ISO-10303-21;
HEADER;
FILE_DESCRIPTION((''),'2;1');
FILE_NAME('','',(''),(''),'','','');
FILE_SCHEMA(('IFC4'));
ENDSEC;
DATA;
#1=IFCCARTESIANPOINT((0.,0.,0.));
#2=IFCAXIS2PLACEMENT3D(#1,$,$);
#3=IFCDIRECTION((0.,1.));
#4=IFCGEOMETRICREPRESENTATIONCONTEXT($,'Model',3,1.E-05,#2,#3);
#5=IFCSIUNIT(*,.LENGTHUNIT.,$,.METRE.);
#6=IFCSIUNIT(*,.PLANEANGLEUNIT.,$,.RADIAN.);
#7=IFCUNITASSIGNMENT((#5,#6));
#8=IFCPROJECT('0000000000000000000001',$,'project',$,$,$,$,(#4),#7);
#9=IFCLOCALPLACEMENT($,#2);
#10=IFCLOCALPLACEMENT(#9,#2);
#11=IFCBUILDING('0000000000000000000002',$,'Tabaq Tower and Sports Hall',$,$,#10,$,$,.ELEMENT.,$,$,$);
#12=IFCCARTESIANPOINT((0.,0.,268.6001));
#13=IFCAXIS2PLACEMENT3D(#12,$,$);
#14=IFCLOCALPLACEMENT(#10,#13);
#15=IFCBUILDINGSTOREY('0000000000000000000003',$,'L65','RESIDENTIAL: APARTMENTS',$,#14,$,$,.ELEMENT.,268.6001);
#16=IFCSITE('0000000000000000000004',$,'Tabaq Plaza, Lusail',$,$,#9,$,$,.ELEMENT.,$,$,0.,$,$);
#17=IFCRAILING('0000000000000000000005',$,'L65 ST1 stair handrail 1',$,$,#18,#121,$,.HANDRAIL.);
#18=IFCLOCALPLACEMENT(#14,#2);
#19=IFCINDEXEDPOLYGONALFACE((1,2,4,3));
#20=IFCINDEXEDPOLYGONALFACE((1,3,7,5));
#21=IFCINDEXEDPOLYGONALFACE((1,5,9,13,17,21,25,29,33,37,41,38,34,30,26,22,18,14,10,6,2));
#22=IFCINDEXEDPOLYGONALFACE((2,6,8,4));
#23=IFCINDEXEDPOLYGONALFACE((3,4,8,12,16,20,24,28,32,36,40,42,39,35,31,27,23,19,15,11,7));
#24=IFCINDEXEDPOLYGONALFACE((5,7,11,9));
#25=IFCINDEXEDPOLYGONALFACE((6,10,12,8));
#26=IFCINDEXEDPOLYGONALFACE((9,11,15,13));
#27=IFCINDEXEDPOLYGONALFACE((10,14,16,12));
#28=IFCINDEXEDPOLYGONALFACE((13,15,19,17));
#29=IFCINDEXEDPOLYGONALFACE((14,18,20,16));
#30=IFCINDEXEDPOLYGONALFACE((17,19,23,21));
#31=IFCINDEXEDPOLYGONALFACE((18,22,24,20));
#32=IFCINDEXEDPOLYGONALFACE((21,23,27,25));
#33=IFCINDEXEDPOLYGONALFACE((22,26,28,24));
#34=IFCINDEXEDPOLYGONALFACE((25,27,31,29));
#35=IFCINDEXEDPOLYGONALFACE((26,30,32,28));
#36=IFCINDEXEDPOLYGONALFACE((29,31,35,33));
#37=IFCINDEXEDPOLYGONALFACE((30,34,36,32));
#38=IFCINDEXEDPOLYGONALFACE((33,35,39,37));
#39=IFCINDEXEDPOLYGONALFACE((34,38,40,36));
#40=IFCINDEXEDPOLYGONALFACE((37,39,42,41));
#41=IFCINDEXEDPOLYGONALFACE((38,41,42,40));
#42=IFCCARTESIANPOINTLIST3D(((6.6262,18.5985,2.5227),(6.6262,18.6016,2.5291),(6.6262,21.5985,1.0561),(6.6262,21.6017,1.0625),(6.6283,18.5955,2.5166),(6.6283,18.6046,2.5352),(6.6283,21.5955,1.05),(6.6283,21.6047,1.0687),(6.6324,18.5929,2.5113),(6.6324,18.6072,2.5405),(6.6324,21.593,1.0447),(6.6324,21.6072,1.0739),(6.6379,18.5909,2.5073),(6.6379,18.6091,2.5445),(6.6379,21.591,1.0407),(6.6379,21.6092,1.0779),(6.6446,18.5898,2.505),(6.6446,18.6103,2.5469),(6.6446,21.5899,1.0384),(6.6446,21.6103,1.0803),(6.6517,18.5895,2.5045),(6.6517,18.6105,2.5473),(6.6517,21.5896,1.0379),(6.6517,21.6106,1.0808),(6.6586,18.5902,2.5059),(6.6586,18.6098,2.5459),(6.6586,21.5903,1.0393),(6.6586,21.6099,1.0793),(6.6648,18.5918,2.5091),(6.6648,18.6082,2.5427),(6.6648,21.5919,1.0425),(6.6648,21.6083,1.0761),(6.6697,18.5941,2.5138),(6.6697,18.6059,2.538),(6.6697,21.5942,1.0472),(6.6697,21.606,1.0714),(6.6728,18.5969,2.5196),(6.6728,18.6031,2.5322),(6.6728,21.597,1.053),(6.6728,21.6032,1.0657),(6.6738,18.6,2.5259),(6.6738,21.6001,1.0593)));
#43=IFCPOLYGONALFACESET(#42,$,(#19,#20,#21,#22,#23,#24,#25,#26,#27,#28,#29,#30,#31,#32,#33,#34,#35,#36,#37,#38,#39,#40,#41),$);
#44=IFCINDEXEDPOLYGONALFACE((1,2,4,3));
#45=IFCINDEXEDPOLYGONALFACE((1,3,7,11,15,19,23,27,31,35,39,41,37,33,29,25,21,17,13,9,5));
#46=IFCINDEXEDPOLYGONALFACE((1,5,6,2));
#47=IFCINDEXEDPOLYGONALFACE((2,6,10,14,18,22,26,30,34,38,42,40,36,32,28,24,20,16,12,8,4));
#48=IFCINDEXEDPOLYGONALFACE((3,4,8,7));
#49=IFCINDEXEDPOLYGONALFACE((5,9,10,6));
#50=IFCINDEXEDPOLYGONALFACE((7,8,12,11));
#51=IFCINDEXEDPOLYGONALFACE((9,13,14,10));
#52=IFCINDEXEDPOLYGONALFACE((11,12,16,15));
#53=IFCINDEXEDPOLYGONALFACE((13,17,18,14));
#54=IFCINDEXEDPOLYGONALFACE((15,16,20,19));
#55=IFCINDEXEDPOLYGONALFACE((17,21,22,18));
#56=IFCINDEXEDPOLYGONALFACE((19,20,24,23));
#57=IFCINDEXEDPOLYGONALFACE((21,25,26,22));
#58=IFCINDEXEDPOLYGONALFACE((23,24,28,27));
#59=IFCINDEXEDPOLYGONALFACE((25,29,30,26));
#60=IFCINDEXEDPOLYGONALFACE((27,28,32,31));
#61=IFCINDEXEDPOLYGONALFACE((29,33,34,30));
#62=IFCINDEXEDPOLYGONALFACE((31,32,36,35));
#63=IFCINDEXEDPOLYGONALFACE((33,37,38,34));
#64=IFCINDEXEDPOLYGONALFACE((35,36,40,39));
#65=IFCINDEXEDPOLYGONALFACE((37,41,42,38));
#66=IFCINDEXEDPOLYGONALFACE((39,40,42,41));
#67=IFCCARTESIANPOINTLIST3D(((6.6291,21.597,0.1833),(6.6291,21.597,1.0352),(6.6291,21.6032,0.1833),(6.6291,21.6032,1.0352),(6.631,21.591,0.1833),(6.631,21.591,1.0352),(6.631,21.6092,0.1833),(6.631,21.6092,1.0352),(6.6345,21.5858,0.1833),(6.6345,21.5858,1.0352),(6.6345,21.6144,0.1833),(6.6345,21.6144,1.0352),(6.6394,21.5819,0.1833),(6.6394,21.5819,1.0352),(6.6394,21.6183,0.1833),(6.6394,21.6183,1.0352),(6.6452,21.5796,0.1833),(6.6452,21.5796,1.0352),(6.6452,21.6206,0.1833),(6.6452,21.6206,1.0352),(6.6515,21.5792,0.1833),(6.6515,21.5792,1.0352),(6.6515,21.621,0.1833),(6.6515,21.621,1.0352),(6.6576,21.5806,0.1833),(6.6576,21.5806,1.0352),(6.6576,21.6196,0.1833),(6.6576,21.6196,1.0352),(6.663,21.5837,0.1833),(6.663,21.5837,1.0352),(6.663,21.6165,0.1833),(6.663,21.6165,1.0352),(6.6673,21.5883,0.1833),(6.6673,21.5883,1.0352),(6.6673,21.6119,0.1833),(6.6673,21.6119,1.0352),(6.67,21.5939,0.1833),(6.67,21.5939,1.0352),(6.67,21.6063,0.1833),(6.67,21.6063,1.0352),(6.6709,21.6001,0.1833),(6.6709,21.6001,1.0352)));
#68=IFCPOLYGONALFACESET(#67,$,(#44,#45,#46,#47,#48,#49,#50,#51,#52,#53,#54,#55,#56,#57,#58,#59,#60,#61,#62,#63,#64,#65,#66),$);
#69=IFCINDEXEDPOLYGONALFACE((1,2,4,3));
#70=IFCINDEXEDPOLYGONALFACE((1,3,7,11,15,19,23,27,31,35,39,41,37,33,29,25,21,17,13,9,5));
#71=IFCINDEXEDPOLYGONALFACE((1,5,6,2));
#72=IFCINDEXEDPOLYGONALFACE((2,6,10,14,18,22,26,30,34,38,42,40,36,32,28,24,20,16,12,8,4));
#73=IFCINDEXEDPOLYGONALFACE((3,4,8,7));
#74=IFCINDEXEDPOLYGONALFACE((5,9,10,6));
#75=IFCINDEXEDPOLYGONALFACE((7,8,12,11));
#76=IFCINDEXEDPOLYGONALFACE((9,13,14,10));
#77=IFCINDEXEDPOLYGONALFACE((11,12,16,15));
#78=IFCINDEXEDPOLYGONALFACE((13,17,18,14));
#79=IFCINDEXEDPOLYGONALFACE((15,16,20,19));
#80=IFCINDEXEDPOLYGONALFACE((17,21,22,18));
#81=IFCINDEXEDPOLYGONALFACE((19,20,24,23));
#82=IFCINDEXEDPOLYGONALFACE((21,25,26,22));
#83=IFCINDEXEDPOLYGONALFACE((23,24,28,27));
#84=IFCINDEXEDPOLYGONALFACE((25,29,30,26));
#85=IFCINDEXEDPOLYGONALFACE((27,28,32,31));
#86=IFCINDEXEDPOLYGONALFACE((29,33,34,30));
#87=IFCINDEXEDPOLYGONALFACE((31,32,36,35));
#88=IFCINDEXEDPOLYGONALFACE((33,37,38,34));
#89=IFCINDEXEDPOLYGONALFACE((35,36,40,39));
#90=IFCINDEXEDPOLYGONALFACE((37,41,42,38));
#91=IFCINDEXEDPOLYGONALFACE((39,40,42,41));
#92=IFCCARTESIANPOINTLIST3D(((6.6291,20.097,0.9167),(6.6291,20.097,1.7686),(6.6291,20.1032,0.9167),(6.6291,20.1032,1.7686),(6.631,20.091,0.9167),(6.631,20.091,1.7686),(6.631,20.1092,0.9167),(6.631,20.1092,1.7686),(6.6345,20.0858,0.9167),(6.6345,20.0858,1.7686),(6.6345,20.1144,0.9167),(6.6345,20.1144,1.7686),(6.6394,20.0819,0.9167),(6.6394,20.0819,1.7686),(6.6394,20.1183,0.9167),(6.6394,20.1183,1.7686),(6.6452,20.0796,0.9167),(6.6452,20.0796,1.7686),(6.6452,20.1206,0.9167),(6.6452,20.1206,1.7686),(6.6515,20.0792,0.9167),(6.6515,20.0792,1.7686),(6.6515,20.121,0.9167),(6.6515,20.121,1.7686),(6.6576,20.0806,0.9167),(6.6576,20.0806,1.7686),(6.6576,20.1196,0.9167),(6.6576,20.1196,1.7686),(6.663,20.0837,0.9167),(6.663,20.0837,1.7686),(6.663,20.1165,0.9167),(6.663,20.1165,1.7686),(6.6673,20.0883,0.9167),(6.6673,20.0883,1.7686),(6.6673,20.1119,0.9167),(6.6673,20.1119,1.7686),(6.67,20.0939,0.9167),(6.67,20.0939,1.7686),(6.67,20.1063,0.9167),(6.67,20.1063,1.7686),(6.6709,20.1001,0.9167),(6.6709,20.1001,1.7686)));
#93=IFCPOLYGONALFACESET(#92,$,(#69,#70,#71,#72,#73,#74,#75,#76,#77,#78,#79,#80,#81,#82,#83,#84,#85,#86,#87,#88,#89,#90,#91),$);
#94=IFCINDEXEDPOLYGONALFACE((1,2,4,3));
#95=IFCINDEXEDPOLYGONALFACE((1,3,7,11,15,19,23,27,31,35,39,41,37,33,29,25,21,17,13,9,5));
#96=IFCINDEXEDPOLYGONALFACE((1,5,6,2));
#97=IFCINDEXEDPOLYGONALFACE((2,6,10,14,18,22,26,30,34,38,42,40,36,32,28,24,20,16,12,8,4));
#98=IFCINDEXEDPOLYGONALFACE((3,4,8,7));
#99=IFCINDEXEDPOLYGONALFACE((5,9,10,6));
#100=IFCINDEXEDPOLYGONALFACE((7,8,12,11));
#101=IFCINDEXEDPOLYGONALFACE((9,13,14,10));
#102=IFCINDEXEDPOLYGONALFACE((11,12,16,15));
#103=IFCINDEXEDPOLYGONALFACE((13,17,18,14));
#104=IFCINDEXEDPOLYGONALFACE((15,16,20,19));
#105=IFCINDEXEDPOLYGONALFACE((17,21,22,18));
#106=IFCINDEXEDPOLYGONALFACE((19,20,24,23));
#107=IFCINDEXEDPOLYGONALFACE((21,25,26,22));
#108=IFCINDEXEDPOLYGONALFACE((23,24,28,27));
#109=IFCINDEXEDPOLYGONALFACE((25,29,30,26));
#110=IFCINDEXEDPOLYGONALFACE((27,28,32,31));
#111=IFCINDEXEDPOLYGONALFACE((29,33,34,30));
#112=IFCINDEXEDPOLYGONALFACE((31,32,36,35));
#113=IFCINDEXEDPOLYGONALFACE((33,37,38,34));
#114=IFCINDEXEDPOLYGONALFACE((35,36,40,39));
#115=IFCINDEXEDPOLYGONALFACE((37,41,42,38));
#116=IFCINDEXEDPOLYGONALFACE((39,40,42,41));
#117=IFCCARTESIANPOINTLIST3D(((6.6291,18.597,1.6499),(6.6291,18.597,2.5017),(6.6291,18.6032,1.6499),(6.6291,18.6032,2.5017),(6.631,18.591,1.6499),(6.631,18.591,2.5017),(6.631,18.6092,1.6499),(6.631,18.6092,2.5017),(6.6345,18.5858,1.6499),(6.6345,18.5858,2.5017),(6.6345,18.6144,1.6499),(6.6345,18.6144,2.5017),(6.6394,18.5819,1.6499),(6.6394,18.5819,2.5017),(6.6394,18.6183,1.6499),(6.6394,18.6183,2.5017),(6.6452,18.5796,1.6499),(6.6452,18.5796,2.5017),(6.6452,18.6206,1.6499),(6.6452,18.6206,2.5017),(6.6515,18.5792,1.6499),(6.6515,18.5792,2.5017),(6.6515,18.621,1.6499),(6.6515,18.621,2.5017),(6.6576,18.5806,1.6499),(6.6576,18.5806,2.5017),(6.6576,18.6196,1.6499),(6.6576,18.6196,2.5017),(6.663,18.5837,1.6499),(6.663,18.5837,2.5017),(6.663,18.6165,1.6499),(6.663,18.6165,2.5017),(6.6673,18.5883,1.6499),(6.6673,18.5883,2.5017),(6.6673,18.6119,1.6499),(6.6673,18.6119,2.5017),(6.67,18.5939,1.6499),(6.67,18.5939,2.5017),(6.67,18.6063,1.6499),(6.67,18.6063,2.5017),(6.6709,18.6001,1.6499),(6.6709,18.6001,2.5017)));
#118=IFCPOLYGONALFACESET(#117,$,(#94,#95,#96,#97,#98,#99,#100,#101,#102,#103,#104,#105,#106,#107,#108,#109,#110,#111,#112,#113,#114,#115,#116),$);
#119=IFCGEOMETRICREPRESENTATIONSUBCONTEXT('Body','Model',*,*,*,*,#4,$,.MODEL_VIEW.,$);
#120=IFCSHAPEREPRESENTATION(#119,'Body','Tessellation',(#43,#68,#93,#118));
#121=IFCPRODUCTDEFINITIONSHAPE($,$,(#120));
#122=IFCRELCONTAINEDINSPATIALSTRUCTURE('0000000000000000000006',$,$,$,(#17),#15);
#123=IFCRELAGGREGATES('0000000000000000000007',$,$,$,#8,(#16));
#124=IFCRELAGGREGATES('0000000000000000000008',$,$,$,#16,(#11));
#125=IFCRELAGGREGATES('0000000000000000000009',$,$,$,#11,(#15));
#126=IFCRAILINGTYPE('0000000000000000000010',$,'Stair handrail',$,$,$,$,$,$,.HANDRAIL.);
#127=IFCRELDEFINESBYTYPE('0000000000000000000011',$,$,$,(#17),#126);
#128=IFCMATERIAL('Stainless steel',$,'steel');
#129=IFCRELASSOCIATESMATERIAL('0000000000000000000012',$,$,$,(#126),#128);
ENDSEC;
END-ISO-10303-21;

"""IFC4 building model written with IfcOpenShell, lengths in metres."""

from ifc_helpers import new_model, si_unit, direction, frame, origin, origin_2d, place, context, subcontext, project, spatial, circle, extrude, material, type_object, element, save


model = new_model("IFC4")

# Units and contexts
model_context = context("Model", 3, precision=1e-05, world=origin(), true_north=direction((0.0, 1.0)))
body_context = subcontext(model_context, "Body", "Model", "MODEL_VIEW")
ifc_project = project(units=[si_unit("LENGTHUNIT", "METRE"), si_unit("PLANEANGLEUNIT", "RADIAN")], contexts=[model_context])

# Site, building, storey
site_placement = place(None, origin())
site = spatial("IfcSite", under=ifc_project, at=site_placement, Name="Tabaq Plaza, Lusail", CompositionType="ELEMENT", RefElevation=0.0)
building_placement = place(site_placement, origin())
building = spatial("IfcBuilding", under=site, at=building_placement, Name="Tabaq Tower and Sports Hall", CompositionType="ELEMENT")
storey_placement = place(building_placement, frame((0.0, 0.0, 268.6001)))
storey = spatial("IfcBuildingStorey", under=building, at=storey_placement, Name="L65", Description="RESIDENTIAL: APARTMENTS", CompositionType="ELEMENT", Elevation=268.6001)

# Railing
ifc_material_1 = material(Name="Stainless steel", Category="steel")
railing_type = type_object("IfcRailingType", Name="Stair handrail", PredefinedType="HANDRAIL", material=ifc_material_1)
railing_1_placement = place(storey_placement, frame((6.6499, 21.6001, 0.1833)))
element("IfcRailing", 1, at=railing_1_placement, inside=storey, type_object=railing_type, Name="L65 ST1 stair handrail 1", PredefinedType="HANDRAIL", context=body_context, shape_type="SweptSolid", body=[
    extrude(circle(Radius=0.0239, at=origin_2d()), frame((0.0, 0.0, 0.876), z_axis=(0.0, -0.898398, 0.439183), x_axis=(1.0, 0.0, 0.0)), (0.0, 0.0, 1.0), 3.3394),
    extrude(circle(Radius=0.021, at=origin_2d()), origin(), (0.0, 0.0, 1.0), 0.8518),
    extrude(circle(Radius=0.021, at=origin_2d()), frame((0.0, -1.5, 0.7334)), (0.0, 0.0, 1.0), 0.8518),
    extrude(circle(Radius=0.021, at=origin_2d()), frame((0.0, -3.0, 1.4666)), (0.0, 0.0, 1.0), 0.8518),
])

save(model, "model.ifc")
